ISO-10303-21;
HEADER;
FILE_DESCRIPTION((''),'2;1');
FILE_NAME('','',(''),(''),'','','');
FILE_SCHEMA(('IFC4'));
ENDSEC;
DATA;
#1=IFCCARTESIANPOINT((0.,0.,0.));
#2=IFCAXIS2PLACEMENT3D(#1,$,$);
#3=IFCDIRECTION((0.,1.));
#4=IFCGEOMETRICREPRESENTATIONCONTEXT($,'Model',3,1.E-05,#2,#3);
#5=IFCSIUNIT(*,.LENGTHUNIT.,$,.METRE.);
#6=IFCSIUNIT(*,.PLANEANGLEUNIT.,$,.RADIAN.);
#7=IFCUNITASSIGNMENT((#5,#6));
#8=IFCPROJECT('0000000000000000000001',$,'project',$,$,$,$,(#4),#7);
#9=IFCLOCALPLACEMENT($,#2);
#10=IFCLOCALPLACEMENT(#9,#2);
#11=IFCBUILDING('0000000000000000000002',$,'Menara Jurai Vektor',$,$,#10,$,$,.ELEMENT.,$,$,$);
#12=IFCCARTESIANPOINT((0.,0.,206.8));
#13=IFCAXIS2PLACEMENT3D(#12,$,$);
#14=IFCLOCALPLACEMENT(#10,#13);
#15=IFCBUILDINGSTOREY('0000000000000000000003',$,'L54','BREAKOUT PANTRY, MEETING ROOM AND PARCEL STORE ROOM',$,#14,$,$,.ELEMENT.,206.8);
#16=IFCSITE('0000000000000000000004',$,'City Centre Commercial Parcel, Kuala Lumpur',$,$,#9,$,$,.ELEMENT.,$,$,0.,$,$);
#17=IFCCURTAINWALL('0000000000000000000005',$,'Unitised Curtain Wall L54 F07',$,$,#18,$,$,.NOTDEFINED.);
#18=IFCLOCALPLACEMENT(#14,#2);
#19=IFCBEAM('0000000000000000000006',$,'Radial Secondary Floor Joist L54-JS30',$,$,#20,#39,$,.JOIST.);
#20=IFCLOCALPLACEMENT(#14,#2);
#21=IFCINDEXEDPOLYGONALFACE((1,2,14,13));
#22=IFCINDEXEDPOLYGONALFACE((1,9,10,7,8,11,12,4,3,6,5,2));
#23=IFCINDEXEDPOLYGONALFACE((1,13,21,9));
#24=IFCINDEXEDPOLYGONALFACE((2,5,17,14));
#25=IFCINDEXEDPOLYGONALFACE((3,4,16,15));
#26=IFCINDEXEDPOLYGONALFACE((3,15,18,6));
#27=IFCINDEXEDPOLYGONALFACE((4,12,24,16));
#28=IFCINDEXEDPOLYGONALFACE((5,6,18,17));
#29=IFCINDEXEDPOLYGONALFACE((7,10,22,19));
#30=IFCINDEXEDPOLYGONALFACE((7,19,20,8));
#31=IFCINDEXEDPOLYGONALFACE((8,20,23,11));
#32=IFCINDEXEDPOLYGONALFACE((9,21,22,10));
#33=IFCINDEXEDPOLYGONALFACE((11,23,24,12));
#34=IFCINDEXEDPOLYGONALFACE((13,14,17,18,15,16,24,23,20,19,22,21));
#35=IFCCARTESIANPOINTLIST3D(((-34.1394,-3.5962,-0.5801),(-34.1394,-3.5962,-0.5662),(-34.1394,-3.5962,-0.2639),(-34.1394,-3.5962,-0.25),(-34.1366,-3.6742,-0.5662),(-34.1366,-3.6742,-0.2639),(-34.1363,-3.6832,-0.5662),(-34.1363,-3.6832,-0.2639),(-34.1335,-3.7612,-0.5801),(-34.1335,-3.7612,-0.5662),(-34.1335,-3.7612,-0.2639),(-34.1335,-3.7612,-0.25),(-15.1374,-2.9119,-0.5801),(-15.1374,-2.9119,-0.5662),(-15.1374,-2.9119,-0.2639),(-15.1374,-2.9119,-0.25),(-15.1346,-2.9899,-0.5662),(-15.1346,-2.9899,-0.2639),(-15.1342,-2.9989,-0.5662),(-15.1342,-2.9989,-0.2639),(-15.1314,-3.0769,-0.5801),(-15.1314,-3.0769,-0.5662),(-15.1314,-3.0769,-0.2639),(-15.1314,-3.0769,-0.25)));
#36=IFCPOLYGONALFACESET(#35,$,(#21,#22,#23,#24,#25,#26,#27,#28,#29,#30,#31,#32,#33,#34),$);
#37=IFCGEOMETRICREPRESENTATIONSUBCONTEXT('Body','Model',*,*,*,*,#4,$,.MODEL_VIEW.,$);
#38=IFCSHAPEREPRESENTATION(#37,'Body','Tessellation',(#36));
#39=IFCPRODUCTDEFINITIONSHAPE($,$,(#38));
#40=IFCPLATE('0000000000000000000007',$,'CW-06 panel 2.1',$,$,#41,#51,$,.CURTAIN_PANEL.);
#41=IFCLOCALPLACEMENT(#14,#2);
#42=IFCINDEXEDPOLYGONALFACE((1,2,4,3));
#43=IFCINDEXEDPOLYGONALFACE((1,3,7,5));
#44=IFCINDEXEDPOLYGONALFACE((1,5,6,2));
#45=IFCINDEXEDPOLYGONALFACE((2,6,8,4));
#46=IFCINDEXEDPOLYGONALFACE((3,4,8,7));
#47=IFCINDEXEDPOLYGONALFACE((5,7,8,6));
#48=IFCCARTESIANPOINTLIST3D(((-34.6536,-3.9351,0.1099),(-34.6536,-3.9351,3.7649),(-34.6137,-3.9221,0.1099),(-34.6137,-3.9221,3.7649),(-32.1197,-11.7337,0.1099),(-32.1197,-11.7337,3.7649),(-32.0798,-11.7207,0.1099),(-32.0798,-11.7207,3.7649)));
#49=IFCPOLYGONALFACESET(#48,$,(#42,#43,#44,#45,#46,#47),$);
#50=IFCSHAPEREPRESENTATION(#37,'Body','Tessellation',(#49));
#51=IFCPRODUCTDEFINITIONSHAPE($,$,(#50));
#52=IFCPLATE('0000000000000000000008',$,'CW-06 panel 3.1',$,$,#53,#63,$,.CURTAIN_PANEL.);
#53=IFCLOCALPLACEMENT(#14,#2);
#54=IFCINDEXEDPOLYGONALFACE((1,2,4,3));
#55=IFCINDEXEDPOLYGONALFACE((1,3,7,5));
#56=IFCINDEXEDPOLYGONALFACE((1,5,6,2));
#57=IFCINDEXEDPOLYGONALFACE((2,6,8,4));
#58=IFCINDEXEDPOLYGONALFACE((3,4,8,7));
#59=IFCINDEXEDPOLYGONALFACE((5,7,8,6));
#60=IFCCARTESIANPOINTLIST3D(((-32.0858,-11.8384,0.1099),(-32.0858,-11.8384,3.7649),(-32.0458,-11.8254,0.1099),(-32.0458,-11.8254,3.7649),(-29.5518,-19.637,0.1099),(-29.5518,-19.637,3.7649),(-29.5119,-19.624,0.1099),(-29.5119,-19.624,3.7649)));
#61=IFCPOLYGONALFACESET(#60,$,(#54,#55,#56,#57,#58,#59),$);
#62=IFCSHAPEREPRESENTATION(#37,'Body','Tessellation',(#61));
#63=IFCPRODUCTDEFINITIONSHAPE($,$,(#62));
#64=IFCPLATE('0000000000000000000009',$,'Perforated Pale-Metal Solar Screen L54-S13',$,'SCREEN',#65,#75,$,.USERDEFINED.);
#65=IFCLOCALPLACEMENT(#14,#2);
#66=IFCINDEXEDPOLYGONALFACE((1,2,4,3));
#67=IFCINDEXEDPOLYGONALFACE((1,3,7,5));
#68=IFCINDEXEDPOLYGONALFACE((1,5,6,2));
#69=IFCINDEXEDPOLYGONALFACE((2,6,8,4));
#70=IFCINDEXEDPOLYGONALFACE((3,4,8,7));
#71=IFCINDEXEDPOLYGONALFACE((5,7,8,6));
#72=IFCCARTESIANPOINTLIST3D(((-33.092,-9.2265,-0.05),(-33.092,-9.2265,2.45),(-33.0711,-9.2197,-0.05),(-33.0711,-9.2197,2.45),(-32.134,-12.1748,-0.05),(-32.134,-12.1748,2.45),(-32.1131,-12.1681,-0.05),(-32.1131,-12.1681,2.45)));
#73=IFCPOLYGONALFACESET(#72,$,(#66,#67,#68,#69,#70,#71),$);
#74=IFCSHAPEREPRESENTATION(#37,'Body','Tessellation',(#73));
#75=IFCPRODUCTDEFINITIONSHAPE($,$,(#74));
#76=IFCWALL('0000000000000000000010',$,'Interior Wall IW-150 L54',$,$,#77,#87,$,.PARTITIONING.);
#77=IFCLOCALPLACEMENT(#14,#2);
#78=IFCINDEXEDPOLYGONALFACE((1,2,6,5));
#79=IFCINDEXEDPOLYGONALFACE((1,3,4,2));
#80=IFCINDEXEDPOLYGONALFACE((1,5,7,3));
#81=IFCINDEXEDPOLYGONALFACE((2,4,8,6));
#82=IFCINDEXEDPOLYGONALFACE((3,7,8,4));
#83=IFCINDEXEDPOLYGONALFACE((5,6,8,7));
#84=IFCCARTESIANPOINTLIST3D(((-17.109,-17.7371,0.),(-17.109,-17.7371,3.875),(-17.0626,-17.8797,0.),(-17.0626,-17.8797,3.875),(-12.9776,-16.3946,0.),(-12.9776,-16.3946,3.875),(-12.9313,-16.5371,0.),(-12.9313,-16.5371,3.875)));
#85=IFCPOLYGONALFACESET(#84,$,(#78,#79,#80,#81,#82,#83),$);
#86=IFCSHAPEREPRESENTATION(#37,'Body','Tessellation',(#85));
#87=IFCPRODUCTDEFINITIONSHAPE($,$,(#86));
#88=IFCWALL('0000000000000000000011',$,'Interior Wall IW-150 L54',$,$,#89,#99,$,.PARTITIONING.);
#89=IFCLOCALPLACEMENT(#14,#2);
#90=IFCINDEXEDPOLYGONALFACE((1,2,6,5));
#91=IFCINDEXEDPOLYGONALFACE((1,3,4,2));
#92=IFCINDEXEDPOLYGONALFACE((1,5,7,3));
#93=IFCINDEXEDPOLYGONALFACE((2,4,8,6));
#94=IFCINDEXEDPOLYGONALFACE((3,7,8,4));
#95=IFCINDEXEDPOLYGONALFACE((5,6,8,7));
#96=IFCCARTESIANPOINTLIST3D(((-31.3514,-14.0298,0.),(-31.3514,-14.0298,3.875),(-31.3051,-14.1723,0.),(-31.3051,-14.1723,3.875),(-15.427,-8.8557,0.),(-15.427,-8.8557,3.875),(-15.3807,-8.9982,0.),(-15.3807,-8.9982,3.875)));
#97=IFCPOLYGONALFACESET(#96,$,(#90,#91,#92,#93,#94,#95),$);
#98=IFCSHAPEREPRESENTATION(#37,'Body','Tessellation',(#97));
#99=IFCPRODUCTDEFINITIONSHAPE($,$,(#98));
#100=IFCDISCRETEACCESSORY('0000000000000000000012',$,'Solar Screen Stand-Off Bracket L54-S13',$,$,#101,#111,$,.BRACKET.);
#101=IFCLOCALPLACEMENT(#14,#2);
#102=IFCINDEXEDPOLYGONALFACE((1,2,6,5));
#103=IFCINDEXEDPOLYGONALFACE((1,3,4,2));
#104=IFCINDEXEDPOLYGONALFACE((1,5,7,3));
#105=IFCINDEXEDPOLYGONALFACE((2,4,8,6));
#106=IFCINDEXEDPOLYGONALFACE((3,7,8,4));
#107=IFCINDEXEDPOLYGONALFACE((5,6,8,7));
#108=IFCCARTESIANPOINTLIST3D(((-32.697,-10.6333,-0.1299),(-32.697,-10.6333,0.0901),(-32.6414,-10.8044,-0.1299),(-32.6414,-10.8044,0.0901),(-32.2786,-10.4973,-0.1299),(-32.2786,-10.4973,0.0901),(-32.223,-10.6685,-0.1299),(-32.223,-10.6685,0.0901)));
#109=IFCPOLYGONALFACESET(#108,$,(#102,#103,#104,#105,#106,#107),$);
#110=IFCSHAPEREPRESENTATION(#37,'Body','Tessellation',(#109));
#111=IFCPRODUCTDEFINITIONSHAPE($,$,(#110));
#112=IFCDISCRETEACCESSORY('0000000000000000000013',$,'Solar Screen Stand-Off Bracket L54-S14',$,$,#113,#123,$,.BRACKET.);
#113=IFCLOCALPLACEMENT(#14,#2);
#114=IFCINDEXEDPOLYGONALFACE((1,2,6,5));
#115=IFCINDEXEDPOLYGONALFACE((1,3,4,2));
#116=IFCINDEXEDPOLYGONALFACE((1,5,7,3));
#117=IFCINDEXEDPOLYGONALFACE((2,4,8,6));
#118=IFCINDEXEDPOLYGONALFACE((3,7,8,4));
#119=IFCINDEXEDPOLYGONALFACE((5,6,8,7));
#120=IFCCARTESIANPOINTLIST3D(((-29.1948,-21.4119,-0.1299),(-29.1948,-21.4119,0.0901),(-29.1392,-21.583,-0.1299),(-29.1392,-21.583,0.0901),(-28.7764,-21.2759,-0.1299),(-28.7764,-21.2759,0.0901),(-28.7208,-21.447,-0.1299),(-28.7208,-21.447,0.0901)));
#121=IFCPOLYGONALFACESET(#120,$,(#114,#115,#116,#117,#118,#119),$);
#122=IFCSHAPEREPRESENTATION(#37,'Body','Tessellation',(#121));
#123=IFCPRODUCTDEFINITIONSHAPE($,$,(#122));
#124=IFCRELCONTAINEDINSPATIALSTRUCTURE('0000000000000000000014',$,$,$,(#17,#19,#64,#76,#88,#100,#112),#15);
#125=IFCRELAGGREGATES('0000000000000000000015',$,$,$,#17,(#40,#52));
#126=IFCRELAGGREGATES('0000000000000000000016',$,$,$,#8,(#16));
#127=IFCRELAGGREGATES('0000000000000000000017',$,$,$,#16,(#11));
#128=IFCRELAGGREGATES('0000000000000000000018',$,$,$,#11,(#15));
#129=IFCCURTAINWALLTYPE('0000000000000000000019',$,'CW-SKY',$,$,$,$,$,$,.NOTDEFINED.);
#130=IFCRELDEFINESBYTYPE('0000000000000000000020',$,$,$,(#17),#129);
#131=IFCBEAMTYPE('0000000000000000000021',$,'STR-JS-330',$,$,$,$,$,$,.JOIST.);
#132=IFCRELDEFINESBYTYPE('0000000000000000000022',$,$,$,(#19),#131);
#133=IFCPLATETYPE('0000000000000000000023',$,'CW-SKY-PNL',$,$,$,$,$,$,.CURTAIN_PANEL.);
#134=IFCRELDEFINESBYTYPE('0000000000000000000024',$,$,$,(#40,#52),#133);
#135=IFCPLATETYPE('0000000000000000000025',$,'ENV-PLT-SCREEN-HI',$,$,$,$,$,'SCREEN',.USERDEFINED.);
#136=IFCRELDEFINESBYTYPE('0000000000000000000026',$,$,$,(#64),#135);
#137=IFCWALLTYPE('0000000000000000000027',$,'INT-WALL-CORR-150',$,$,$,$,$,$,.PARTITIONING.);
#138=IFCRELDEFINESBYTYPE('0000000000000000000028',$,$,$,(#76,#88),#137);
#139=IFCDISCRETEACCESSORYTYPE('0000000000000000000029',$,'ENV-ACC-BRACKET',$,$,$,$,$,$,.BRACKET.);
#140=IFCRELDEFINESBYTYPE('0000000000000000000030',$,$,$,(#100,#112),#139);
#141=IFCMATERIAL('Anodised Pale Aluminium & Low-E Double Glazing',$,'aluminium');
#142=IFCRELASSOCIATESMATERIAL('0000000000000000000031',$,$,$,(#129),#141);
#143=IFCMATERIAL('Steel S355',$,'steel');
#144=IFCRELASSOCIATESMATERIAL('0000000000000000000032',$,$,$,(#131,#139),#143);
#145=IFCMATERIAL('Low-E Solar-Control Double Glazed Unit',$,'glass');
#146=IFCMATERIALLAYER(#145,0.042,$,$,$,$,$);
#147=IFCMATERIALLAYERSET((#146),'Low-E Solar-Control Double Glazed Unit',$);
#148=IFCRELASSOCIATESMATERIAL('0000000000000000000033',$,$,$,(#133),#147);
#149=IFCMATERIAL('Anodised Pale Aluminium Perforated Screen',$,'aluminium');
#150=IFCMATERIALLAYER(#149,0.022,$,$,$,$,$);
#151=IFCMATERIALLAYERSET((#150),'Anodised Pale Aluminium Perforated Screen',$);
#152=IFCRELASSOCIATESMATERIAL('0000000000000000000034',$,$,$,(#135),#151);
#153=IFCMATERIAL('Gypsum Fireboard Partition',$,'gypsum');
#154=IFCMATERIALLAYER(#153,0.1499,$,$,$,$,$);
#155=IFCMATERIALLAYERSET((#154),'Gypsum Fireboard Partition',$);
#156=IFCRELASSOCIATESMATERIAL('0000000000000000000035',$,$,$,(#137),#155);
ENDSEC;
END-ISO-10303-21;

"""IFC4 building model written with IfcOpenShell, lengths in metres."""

from ifc_helpers import new_model, si_unit, direction, frame, frame_2d, origin, origin_2d, place, context, subcontext, project, spatial, rectangle, i_section, extrude, material, layer, layer_set, material_profile, profile_set, type_object, element, aggregate, save


model = new_model("IFC4")

# Units and contexts
model_context = context("Model", 3, precision=1e-05, world=origin(), true_north=direction((0.0, 1.0)))
body_context = subcontext(model_context, "Body", "Model", "MODEL_VIEW")
ifc_project = project(units=[si_unit("LENGTHUNIT", "METRE"), si_unit("PLANEANGLEUNIT", "RADIAN")], contexts=[model_context])

# Site, building, storey
site_placement = place(None, origin())
site = spatial("IfcSite", under=ifc_project, at=site_placement, Name="City Centre Commercial Parcel, Kuala Lumpur", CompositionType="ELEMENT", RefElevation=0.0)
building_placement = place(site_placement, origin())
building = spatial("IfcBuilding", under=site, at=building_placement, Name="Menara Jurai Vektor", CompositionType="ELEMENT")
storey_placement = place(building_placement, frame((0.0, 0.0, 206.8)))
storey = spatial("IfcBuildingStorey", under=building, at=storey_placement, Name="L54", Description="BREAKOUT PANTRY, MEETING ROOM AND PARCEL STORE ROOM", CompositionType="ELEMENT", Elevation=206.8)

# Curtain wall
ifc_material_1 = material(Name="Anodised Pale Aluminium & Low-E Double Glazing", Category="aluminium")
curtain_wall_type = type_object("IfcCurtainWallType", Name="CW-SKY", PredefinedType="NOTDEFINED", material=ifc_material_1)
curtain_wall_placement = place(storey_placement, origin())
curtain_wall = element("IfcCurtainWall", 1, at=curtain_wall_placement, inside=storey, type_object=curtain_wall_type, Name="Unitised Curtain Wall L54 F07", PredefinedType="NOTDEFINED")

# Beam
ifc_material_2 = material(Name="Steel S355", Category="steel")
ifc_material_profile_1 = material_profile(ifc_material_2, i_section(OverallWidth=0.165, OverallDepth=0.3301, WebThickness=0.009, FlangeThickness=0.0139, at=origin_2d()), Name="PG 330x165x46")
ifc_profile_set_1 = profile_set([ifc_material_profile_1], Name="Steel S355")
beam_type_1 = type_object("IfcBeamType", Name="STR-JS-330", PredefinedType="JOIST", material=ifc_profile_set_1)
beam_1_placement = place(storey_placement, frame((-34.1365, -3.6787, -0.415), z_axis=(0.999352, 0.03599, 0.0), x_axis=(-0.03599, 0.999352, 0.0)))
element("IfcBeam", 2, at=beam_1_placement, inside=storey, type_object=beam_type_1, Name="Radial Secondary Floor Joist L54-JS30", PredefinedType="JOIST", context=body_context, shape_type="SweptSolid", body=[
    extrude(i_section(OverallWidth=0.165, OverallDepth=0.3301, WebThickness=0.009, FlangeThickness=0.0139, at=origin_2d()), origin(), (0.0, 0.0, 1.0), 19.0144),
])

# Plates
ifc_material_3 = material(Name="Low-E Solar-Control Double Glazed Unit", Category="glass")
ifc_layer_1 = layer(ifc_material_3, 0.042)
ifc_layer_set_1 = layer_set([ifc_layer_1], Name="Low-E Solar-Control Double Glazed Unit")
plate_type_1 = type_object("IfcPlateType", Name="CW-SKY-PNL", PredefinedType="CURTAIN_PANEL", material=ifc_layer_set_1)
plate_1_placement = place(storey_placement, frame((-33.3667, -7.8279, 0.1099), z_axis=(0.0, 0.0, 1.0), x_axis=(0.309016, -0.951057, 0.0)))
plate_1 = element("IfcPlate", 3, at=plate_1_placement, type_object=plate_type_1, Name="CW-06 panel 2.1", PredefinedType="CURTAIN_PANEL", context=body_context, shape_type="SweptSolid", body=[
    extrude(rectangle(XDim=8.2, YDim=0.042, at=origin_2d()), origin(), (0.0, 0.0, 1.0), 3.655),
])
plate_2_placement = place(storey_placement, frame((-30.7988, -15.7312, 0.1099), z_axis=(0.0, 0.0, 1.0), x_axis=(0.309016, -0.951057, 0.0)))
plate_2 = element("IfcPlate", 4, at=plate_2_placement, type_object=plate_type_1, Name="CW-06 panel 3.1", PredefinedType="CURTAIN_PANEL", context=body_context, shape_type="SweptSolid", body=[
    extrude(rectangle(XDim=8.2, YDim=0.042, at=origin_2d()), origin(), (0.0, 0.0, 1.0), 3.655),
])
aggregate(curtain_wall, [plate_1, plate_2])
ifc_material_4 = material(Name="Anodised Pale Aluminium Perforated Screen", Category="aluminium")
ifc_layer_2 = layer(ifc_material_4, 0.022)
ifc_layer_set_2 = layer_set([ifc_layer_2], Name="Anodised Pale Aluminium Perforated Screen")
plate_type_2 = type_object("IfcPlateType", Name="ENV-PLT-SCREEN-HI", ElementType="SCREEN", PredefinedType="USERDEFINED", material=ifc_layer_set_2)
plate_3_placement = place(storey_placement, frame((-32.6025, -10.6973, -0.05), z_axis=(0.0, 0.0, 1.0), x_axis=(0.309017, -0.951057, 0.0)))
element("IfcPlate", 5, at=plate_3_placement, inside=storey, type_object=plate_type_2, Name="Perforated Pale-Metal Solar Screen L54-S13", ObjectType="SCREEN", PredefinedType="USERDEFINED", context=body_context, shape_type="SweptSolid", body=[
    extrude(rectangle(XDim=3.1001, YDim=0.022, at=origin_2d()), origin(), (0.0, 0.0, 1.0), 2.5),
])

# Walls
ifc_material_5 = material(Name="Gypsum Fireboard Partition", Category="gypsum")
ifc_layer_3 = layer(ifc_material_5, 0.1499)
ifc_layer_set_3 = layer_set([ifc_layer_3], Name="Gypsum Fireboard Partition")
wall_type = type_object("IfcWallType", Name="INT-WALL-CORR-150", PredefinedType="PARTITIONING", material=ifc_layer_set_3)
wall_1_placement = place(storey_placement, frame((-17.0857, -17.8083, 0.0), z_axis=(0.0, 0.0, 1.0), x_axis=(0.951045, 0.309053, 0.0)))
element("IfcWall", 6, at=wall_1_placement, inside=storey, type_object=wall_type, Name="Interior Wall IW-150 L54", PredefinedType="PARTITIONING", context=body_context, shape_type="SweptSolid", body=[
    extrude(rectangle(XDim=4.344, YDim=0.1499, at=frame_2d((2.1719, 0.0))), origin(), (0.0, 0.0, 1.0), 3.875),
])
wall_2_placement = place(storey_placement, frame((-31.3284, -14.1011, 0.0), z_axis=(0.0, 0.0, 1.0), x_axis=(0.951057, 0.309014, 0.0)))
element("IfcWall", 7, at=wall_2_placement, inside=storey, type_object=wall_type, Name="Interior Wall IW-150 L54", PredefinedType="PARTITIONING", context=body_context, shape_type="SweptSolid", body=[
    extrude(rectangle(XDim=16.7439, YDim=0.1499, at=frame_2d((8.3721, 0.0))), origin(), (0.0, 0.0, 1.0), 3.875),
])

# Discrete accessories
discrete_accessory_type = type_object("IfcDiscreteAccessoryType", Name="ENV-ACC-BRACKET", PredefinedType="BRACKET", material=ifc_material_2)
for number, where, z_axis, x_axis, name in (
    (8, (-32.46, -10.6509, -0.1299), (0.0, 0.0, 1.0), (0.309017, -0.951057, 0.0), "Solar Screen Stand-Off Bracket L54-S13"),
    (9, (-28.9578, -21.4294, -0.1299), (0.0, 0.0, 1.0), (0.309017, -0.951057, 0.0), "Solar Screen Stand-Off Bracket L54-S14"),
):
    element("IfcDiscreteAccessory", number, at=place(storey_placement, frame(where, z_axis=z_axis, x_axis=x_axis)), inside=storey, type_object=discrete_accessory_type, Name=name, PredefinedType="BRACKET", context=body_context, shape_type="SweptSolid", body=[
        extrude(rectangle(XDim=0.1799, YDim=0.4399, at=origin_2d()), origin(), (0.0, 0.0, 1.0), 0.22),
    ])

save(model, "model.ifc")
